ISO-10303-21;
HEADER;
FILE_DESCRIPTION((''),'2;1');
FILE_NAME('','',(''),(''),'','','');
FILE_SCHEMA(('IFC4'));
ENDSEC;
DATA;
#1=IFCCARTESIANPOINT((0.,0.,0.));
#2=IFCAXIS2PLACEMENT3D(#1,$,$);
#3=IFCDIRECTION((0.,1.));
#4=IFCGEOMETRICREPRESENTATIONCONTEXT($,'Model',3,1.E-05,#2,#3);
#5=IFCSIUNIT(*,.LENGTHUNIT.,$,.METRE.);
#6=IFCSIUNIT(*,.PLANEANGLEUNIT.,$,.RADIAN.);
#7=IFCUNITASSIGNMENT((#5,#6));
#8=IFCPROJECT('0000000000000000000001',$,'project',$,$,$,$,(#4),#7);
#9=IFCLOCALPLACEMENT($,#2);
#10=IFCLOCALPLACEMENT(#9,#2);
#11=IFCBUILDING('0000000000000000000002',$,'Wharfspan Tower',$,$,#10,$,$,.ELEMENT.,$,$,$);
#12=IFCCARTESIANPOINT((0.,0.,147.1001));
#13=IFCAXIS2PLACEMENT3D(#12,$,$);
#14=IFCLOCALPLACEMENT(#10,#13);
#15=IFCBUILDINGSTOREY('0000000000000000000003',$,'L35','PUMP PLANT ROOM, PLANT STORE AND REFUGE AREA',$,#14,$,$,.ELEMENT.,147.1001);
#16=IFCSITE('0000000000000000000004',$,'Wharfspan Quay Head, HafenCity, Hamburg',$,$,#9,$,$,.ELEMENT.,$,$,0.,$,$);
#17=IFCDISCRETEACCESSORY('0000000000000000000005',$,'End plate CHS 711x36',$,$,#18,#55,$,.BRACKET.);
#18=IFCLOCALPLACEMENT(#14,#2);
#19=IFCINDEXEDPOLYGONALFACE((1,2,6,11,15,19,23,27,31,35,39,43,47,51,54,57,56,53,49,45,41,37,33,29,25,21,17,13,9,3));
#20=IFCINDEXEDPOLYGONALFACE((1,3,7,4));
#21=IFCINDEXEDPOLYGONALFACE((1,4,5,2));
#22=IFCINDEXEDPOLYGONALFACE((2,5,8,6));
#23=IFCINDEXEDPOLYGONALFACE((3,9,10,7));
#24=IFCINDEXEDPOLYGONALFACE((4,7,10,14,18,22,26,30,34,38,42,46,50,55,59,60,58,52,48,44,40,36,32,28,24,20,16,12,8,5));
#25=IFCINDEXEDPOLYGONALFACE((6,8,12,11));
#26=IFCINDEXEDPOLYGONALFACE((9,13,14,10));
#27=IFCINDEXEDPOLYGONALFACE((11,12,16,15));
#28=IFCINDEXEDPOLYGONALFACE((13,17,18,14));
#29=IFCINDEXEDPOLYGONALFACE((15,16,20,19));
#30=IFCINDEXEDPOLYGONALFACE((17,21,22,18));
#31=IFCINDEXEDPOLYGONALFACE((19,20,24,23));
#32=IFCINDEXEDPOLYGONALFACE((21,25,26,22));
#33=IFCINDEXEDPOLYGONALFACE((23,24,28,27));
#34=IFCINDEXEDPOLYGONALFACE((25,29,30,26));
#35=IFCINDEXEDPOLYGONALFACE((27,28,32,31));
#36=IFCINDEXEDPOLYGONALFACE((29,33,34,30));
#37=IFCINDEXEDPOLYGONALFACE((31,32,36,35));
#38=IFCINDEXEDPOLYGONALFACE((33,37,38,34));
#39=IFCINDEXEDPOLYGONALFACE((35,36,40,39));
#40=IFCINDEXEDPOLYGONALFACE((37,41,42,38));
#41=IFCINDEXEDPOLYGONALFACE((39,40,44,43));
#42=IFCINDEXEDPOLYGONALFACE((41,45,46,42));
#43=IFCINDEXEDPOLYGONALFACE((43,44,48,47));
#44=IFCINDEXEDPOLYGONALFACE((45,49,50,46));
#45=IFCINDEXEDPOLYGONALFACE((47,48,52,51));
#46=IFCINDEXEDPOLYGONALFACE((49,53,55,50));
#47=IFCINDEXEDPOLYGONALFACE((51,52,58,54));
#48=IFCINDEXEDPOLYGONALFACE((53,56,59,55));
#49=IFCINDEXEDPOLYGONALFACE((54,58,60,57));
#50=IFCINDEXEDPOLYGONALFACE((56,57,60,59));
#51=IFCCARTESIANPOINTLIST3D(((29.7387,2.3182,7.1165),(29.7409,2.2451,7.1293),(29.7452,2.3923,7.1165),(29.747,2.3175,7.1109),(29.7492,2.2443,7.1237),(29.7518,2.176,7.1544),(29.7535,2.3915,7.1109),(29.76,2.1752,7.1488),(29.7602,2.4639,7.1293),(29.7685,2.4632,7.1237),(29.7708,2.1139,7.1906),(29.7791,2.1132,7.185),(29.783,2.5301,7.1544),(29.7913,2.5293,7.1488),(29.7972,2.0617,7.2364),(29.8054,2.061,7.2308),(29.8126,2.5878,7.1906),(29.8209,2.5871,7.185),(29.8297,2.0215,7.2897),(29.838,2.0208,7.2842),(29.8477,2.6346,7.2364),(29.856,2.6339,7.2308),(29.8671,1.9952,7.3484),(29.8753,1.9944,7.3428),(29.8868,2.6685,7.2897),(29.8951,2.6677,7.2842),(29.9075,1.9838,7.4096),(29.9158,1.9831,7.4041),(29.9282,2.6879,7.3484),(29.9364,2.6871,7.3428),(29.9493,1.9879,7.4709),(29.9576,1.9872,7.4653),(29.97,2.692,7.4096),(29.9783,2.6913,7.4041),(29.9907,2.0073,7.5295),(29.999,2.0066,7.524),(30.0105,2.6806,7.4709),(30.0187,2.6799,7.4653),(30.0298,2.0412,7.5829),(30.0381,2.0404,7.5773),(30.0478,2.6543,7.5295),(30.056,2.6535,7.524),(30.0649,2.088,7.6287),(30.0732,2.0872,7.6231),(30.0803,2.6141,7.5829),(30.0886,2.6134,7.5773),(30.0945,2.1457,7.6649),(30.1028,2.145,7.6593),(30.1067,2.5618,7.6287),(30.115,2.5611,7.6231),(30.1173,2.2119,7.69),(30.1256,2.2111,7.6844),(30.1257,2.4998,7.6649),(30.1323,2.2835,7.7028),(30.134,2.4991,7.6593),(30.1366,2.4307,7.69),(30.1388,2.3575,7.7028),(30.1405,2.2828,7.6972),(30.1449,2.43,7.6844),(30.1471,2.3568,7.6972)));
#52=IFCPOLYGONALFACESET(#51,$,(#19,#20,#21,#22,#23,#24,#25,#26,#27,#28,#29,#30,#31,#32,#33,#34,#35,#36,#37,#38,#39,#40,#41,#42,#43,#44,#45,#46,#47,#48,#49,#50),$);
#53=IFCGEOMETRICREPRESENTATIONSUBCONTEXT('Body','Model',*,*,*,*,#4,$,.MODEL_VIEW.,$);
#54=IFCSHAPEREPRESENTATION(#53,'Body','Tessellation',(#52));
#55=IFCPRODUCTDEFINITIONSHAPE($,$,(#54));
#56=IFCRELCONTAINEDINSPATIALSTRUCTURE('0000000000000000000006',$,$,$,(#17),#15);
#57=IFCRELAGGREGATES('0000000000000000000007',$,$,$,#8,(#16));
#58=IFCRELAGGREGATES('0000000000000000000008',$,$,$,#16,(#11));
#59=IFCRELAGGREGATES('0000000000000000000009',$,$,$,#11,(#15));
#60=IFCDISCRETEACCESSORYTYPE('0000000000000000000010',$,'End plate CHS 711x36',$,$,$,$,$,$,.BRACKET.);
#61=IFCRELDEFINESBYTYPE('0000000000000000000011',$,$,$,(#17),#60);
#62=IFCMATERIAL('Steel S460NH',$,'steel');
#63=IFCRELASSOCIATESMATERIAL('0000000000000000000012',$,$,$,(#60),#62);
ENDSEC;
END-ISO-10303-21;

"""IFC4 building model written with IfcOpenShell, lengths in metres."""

from ifc_helpers import new_model, si_unit, direction, frame, origin, origin_2d, place, context, subcontext, project, spatial, circle, extrude, material, material_profile, profile_set, type_object, element, save


model = new_model("IFC4")

# Units and contexts
model_context = context("Model", 3, precision=1e-05, world=origin(), true_north=direction((0.0, 1.0)))
body_context = subcontext(model_context, "Body", "Model", "MODEL_VIEW")
ifc_project = project(units=[si_unit("LENGTHUNIT", "METRE"), si_unit("PLANEANGLEUNIT", "RADIAN")], contexts=[model_context])

# Site, building, storey
site_placement = place(None, origin())
site = spatial("IfcSite", under=ifc_project, at=site_placement, Name="Wharfspan Quay Head, HafenCity, Hamburg", CompositionType="ELEMENT", RefElevation=0.0)
building_placement = place(site_placement, origin())
building = spatial("IfcBuilding", under=site, at=building_placement, Name="Wharfspan Tower", CompositionType="ELEMENT")
storey_placement = place(building_placement, frame((0.0, 0.0, 147.1001)))
storey = spatial("IfcBuildingStorey", under=building, at=storey_placement, Name="L35", Description="PUMP PLANT ROOM, PLANT STORE AND REFUGE AREA", CompositionType="ELEMENT", Elevation=147.1001)

# Shared definitions
ifc_material_1 = material(Name="Steel S460NH", Category="steel")

# Discrete accessory
ifc_material_profile_1 = material_profile(ifc_material_1, circle(Radius=0.3555, at=origin_2d()))
ifc_profile_set_1 = profile_set([ifc_material_profile_1], Name="Steel S460NH")
discrete_accessory_type_1 = type_object("IfcDiscreteAccessoryType", Name="End plate CHS 711x36", PredefinedType="BRACKET", material=ifc_profile_set_1)
discrete_accessory_1_placement = place(storey_placement, frame((29.947, 2.3372, 7.4041), z_axis=(-0.82608, 0.072889, 0.558819), x_axis=(-0.087894, -0.99613, -0.000001)))
element("IfcDiscreteAccessory", 1, at=discrete_accessory_1_placement, inside=storey, type_object=discrete_accessory_type_1, Name="End plate CHS 711x36", PredefinedType="BRACKET", context=body_context, shape_type="SweptSolid", body=[
    extrude(circle(Radius=0.3555, at=origin_2d()), origin(), (0.0, 0.0, 1.0), 0.01),
])

save(model, "model.ifc")
